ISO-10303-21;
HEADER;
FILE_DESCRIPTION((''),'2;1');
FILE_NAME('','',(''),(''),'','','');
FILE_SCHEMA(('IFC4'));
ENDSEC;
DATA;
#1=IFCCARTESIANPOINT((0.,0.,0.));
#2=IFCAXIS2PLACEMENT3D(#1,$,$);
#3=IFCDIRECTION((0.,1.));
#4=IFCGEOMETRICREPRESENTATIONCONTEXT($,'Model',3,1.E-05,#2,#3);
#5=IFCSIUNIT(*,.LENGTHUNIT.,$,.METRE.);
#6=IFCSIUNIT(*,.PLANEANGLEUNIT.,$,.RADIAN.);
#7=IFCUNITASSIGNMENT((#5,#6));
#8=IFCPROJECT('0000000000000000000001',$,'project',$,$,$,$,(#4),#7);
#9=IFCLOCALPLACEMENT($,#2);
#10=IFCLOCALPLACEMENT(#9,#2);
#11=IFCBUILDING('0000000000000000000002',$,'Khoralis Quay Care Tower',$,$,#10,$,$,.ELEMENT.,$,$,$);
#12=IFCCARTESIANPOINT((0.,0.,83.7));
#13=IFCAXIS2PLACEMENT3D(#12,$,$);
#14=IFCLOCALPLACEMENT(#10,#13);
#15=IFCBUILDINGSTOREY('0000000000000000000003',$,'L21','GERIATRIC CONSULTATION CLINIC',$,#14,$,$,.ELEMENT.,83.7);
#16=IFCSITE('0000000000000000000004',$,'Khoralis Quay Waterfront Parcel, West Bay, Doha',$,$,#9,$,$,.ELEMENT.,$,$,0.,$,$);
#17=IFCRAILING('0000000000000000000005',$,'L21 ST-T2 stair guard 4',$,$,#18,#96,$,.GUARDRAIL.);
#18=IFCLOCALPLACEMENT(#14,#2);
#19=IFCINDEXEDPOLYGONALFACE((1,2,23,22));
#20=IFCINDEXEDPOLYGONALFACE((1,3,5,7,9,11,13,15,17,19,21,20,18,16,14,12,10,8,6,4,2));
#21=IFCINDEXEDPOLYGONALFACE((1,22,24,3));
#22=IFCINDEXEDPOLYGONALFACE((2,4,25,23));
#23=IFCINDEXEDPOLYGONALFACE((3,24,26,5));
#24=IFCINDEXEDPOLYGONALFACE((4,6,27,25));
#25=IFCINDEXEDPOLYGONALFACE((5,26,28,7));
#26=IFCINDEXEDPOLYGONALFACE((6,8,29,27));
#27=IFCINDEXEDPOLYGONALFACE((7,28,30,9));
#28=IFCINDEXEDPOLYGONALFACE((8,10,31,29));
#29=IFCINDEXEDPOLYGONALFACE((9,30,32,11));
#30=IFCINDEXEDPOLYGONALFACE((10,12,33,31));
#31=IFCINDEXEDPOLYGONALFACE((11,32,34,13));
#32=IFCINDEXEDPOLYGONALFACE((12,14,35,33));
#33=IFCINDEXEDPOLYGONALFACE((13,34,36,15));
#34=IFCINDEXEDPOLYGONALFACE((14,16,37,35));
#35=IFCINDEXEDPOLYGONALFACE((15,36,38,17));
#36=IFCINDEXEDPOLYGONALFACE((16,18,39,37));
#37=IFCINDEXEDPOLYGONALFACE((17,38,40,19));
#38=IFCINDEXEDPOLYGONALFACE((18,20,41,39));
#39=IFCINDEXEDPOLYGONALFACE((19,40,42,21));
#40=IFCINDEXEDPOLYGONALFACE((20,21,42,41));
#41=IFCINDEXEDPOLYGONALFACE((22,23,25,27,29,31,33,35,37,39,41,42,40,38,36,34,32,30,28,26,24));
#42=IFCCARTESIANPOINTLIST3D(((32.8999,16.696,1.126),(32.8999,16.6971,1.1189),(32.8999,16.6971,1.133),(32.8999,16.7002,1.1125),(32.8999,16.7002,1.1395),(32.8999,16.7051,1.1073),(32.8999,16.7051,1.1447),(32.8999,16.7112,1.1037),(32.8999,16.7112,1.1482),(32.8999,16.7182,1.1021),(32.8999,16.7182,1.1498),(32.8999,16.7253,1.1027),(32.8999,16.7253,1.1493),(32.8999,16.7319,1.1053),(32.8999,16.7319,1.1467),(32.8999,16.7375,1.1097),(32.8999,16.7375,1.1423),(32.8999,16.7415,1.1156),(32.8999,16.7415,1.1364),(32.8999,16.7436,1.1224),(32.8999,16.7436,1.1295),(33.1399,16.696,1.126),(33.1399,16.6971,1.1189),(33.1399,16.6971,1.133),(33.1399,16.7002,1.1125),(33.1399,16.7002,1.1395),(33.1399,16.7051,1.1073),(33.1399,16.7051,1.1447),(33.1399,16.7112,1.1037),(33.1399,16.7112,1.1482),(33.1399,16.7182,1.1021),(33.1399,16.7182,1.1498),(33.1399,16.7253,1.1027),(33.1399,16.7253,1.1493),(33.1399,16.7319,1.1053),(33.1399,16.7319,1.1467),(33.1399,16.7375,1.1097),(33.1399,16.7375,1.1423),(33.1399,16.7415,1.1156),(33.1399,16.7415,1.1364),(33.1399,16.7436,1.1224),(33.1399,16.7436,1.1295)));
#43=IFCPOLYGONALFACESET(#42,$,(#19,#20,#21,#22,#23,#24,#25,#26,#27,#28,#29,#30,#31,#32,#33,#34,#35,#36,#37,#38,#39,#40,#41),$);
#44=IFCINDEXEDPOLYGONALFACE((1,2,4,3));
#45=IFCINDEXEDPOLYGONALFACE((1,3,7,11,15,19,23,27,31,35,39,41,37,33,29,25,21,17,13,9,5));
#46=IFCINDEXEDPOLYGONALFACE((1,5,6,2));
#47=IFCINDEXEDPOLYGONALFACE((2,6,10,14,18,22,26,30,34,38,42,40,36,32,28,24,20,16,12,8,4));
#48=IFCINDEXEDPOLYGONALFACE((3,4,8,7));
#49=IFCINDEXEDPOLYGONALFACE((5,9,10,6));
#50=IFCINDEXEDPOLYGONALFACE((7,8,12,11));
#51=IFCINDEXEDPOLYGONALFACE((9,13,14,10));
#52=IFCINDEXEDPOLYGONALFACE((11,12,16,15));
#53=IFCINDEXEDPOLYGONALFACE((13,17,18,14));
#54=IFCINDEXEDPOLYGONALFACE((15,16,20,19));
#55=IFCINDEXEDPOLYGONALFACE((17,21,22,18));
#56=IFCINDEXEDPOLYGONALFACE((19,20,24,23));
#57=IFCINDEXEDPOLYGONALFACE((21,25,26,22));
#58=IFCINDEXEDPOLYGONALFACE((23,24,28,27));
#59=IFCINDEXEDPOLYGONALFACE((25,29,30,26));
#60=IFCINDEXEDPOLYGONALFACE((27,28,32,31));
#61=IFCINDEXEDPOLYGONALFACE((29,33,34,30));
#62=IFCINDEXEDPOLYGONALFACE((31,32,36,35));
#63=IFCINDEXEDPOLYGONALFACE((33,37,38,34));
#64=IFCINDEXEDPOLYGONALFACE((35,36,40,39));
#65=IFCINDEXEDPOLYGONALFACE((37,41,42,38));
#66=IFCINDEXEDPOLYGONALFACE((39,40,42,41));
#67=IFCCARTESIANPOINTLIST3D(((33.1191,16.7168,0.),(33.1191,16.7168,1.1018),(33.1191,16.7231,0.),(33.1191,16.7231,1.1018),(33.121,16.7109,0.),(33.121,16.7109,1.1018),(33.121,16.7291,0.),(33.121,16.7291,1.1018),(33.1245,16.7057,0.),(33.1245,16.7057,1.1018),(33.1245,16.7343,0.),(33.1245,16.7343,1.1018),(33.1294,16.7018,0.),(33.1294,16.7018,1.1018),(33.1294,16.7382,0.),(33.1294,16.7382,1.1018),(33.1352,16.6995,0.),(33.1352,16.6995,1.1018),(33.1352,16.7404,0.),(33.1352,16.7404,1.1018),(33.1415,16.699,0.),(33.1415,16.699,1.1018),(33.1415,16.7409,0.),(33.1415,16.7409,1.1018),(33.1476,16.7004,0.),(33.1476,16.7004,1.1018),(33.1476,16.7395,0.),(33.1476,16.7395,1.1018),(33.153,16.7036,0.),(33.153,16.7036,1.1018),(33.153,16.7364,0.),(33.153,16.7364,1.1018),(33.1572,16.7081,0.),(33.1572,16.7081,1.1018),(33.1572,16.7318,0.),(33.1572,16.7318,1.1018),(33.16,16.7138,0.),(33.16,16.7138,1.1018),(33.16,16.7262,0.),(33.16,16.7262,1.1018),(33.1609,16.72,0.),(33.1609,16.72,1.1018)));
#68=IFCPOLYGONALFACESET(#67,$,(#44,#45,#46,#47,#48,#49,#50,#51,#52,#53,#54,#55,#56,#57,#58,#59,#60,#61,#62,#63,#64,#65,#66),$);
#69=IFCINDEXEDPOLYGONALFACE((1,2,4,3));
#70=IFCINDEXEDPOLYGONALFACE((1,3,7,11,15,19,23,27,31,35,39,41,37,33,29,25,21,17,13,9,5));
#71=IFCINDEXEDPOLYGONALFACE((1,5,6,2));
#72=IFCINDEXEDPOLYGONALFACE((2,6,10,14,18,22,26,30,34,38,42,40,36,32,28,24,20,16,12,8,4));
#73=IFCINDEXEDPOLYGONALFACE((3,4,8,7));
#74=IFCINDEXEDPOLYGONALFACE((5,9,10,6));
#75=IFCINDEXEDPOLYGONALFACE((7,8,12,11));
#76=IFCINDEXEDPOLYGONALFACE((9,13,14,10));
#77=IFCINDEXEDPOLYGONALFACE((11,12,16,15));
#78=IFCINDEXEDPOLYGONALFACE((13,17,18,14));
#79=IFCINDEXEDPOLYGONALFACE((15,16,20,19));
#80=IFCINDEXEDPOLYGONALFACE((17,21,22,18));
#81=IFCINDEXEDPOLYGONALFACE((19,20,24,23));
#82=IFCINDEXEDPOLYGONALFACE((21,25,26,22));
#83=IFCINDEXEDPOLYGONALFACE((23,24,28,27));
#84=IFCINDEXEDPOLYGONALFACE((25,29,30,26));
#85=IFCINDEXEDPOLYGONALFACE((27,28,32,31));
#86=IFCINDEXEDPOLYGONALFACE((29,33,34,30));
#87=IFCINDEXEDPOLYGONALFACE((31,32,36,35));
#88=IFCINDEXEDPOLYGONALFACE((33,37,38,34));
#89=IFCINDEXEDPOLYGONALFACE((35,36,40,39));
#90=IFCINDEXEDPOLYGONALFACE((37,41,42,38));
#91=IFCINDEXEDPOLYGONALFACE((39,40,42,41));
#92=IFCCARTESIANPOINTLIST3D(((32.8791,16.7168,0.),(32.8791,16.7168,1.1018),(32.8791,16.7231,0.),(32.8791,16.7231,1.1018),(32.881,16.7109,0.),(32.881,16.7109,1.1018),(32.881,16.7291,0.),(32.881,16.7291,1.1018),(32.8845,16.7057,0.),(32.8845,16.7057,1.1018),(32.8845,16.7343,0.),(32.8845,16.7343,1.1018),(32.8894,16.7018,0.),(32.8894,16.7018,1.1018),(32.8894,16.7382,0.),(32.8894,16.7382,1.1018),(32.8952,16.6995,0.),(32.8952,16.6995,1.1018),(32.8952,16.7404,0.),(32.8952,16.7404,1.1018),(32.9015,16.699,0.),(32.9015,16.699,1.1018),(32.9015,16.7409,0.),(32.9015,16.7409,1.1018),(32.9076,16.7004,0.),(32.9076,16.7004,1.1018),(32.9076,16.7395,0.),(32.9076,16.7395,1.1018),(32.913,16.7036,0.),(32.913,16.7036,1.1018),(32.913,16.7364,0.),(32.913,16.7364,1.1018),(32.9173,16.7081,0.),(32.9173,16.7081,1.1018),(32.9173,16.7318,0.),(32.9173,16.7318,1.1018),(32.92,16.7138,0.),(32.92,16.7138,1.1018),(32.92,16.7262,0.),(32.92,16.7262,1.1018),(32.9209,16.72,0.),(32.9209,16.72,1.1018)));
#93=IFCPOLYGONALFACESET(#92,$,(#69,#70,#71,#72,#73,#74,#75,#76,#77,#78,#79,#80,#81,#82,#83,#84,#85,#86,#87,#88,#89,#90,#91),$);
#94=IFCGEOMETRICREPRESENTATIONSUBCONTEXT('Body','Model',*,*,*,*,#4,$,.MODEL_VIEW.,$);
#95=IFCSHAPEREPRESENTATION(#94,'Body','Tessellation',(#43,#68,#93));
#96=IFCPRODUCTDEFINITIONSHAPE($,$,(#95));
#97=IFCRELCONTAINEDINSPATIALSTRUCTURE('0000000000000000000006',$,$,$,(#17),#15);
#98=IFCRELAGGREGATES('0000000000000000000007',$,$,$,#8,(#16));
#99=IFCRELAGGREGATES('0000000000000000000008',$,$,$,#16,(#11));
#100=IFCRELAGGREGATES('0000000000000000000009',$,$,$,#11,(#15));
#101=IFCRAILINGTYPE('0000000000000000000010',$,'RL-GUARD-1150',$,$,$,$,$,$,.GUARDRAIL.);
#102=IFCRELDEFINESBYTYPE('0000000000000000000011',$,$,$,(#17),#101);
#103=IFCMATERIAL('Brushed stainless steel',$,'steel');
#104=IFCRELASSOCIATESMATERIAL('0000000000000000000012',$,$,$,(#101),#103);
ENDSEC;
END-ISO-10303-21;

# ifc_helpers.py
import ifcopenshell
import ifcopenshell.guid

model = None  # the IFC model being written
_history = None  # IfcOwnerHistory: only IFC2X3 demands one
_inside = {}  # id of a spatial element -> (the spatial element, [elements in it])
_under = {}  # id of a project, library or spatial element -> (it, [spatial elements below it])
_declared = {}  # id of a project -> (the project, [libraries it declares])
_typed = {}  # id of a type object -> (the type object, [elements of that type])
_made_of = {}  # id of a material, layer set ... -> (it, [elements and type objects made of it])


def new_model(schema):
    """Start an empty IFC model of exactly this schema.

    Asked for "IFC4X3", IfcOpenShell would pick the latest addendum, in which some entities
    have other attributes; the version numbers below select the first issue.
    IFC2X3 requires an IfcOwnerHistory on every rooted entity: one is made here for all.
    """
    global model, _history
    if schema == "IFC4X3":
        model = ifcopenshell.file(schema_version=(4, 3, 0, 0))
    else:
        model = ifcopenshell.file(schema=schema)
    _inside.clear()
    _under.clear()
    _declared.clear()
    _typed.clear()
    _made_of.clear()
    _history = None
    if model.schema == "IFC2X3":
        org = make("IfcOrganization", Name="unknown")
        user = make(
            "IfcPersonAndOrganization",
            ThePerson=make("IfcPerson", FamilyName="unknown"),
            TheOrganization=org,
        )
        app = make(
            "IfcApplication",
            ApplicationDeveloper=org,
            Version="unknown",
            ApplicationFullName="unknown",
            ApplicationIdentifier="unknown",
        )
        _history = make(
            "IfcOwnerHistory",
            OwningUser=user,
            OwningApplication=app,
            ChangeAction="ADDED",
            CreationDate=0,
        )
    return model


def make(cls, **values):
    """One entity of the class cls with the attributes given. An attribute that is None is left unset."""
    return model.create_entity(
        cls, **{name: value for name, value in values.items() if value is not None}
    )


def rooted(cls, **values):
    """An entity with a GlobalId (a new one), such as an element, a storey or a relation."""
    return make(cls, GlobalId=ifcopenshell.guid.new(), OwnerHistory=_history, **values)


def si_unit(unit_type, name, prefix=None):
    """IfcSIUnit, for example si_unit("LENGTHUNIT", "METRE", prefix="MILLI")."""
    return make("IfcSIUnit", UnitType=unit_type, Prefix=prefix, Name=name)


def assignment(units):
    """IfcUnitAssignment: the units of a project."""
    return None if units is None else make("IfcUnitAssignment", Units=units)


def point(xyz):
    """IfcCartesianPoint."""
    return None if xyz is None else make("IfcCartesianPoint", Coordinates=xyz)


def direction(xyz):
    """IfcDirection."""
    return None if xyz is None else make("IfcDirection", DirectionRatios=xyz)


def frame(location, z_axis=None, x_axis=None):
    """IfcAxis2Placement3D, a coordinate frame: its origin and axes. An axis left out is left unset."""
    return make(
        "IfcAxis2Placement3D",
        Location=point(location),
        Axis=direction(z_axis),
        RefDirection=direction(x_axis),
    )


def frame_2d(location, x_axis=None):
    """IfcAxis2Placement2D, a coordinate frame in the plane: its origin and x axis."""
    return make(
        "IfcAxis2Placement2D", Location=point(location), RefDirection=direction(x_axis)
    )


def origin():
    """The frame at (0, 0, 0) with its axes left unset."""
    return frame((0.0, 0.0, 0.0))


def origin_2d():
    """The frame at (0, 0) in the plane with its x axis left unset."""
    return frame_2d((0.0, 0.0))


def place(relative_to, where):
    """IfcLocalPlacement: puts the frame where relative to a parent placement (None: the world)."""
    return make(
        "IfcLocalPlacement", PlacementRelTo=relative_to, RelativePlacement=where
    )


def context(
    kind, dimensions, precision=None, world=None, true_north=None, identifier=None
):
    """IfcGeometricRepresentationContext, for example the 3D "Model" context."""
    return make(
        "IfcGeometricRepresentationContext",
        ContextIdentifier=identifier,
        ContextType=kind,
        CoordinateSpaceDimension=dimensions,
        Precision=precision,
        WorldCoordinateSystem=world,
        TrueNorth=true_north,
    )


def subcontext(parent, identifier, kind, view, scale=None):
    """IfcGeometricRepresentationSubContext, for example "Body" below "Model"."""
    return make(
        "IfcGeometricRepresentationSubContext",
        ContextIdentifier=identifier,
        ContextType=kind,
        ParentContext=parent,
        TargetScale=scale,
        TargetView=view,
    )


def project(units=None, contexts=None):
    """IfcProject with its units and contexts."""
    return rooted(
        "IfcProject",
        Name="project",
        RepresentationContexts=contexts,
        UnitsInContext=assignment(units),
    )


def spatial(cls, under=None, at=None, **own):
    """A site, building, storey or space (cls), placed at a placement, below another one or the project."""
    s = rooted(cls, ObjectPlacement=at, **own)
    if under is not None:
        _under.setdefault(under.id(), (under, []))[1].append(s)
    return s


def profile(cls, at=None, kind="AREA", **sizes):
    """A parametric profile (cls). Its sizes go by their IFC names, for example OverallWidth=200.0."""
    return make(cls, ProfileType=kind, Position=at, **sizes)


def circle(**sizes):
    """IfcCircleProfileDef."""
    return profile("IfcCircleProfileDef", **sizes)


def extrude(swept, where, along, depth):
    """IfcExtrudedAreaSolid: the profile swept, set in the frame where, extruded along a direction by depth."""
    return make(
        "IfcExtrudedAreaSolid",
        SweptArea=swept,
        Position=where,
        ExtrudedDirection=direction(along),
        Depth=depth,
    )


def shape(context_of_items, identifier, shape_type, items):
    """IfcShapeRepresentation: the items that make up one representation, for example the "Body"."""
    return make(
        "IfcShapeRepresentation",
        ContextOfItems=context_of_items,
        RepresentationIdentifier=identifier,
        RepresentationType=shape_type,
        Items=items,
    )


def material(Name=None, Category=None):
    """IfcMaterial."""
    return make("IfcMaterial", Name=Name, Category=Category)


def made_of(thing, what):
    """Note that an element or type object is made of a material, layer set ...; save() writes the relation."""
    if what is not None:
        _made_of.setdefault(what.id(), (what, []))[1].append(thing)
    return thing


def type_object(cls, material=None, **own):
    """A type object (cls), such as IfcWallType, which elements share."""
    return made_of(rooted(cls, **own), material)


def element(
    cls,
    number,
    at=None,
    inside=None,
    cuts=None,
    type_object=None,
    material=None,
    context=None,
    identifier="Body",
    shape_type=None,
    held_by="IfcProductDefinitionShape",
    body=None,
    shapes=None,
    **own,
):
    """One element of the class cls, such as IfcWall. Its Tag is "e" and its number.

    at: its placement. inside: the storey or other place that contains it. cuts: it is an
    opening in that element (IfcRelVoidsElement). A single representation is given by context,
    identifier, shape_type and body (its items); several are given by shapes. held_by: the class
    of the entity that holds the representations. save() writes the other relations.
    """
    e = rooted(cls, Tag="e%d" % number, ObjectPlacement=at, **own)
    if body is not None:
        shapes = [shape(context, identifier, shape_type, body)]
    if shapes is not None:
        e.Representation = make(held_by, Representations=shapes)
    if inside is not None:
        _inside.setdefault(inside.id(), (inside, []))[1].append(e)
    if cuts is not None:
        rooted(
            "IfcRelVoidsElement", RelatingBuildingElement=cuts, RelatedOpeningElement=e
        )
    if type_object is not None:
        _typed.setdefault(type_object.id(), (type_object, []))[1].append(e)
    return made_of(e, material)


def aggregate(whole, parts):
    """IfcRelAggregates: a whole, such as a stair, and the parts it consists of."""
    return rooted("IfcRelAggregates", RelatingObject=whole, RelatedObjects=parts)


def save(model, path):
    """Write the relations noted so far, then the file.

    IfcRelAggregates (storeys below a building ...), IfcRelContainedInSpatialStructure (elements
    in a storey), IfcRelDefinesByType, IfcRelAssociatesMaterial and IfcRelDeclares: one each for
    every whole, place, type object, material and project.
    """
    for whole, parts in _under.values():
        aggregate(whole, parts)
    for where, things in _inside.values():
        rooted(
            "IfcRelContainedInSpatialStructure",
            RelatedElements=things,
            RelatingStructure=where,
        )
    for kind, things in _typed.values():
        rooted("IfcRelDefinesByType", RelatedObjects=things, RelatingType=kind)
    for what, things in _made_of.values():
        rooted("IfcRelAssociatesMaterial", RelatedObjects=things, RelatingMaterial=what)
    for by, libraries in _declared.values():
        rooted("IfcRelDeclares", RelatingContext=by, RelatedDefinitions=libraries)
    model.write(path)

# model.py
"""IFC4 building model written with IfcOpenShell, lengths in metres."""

from ifc_helpers import new_model, si_unit, direction, frame, origin, origin_2d, place, context, subcontext, project, spatial, circle, extrude, material, type_object, element, save


model = new_model("IFC4")

# Units and contexts
model_context = context("Model", 3, precision=1e-05, world=origin(), true_north=direction((0.0, 1.0)))
body_context = subcontext(model_context, "Body", "Model", "MODEL_VIEW")
ifc_project = project(units=[si_unit("LENGTHUNIT", "METRE"), si_unit("PLANEANGLEUNIT", "RADIAN")], contexts=[model_context])

# Site, building, storey
site_placement = place(None, origin())
site = spatial("IfcSite", under=ifc_project, at=site_placement, Name="Khoralis Quay Waterfront Parcel, West Bay, Doha", CompositionType="ELEMENT", RefElevation=0.0)
building_placement = place(site_placement, origin())
building = spatial("IfcBuilding", under=site, at=building_placement, Name="Khoralis Quay Care Tower", CompositionType="ELEMENT")
storey_placement = place(building_placement, frame((0.0, 0.0, 83.7)))
storey = spatial("IfcBuildingStorey", under=building, at=storey_placement, Name="L21", Description="GERIATRIC CONSULTATION CLINIC", CompositionType="ELEMENT", Elevation=83.7)

# Shared definitions
ifc_material_1 = material(Name="Brushed stainless steel", Category="steel")

# Railing
railing_type_1 = type_object("IfcRailingType", Name="RL-GUARD-1150", PredefinedType="GUARDRAIL", material=ifc_material_1)
railing_1_placement = place(storey_placement, frame((33.1399, 16.72, 0.0)))
element("IfcRailing", 1, at=railing_1_placement, inside=storey, type_object=railing_type_1, Name="L21 ST-T2 stair guard 4", PredefinedType="GUARDRAIL", context=body_context, shape_type="SweptSolid", body=[
    extrude(circle(Radius=0.0239, at=origin_2d()), frame((0.0, 0.0, 1.126), z_axis=(-1.0, 0.0, 0.0), x_axis=(0.0, -1.0, 0.0)), (0.0, 0.0, 1.0), 0.24),
    extrude(circle(Radius=0.021, at=origin_2d()), origin(), (0.0, 0.0, 1.0), 1.1018),
    extrude(circle(Radius=0.021, at=origin_2d()), frame((-0.24, 0.0, 0.0)), (0.0, 0.0, 1.0), 1.1018),
])

save(model, "model.ifc")
